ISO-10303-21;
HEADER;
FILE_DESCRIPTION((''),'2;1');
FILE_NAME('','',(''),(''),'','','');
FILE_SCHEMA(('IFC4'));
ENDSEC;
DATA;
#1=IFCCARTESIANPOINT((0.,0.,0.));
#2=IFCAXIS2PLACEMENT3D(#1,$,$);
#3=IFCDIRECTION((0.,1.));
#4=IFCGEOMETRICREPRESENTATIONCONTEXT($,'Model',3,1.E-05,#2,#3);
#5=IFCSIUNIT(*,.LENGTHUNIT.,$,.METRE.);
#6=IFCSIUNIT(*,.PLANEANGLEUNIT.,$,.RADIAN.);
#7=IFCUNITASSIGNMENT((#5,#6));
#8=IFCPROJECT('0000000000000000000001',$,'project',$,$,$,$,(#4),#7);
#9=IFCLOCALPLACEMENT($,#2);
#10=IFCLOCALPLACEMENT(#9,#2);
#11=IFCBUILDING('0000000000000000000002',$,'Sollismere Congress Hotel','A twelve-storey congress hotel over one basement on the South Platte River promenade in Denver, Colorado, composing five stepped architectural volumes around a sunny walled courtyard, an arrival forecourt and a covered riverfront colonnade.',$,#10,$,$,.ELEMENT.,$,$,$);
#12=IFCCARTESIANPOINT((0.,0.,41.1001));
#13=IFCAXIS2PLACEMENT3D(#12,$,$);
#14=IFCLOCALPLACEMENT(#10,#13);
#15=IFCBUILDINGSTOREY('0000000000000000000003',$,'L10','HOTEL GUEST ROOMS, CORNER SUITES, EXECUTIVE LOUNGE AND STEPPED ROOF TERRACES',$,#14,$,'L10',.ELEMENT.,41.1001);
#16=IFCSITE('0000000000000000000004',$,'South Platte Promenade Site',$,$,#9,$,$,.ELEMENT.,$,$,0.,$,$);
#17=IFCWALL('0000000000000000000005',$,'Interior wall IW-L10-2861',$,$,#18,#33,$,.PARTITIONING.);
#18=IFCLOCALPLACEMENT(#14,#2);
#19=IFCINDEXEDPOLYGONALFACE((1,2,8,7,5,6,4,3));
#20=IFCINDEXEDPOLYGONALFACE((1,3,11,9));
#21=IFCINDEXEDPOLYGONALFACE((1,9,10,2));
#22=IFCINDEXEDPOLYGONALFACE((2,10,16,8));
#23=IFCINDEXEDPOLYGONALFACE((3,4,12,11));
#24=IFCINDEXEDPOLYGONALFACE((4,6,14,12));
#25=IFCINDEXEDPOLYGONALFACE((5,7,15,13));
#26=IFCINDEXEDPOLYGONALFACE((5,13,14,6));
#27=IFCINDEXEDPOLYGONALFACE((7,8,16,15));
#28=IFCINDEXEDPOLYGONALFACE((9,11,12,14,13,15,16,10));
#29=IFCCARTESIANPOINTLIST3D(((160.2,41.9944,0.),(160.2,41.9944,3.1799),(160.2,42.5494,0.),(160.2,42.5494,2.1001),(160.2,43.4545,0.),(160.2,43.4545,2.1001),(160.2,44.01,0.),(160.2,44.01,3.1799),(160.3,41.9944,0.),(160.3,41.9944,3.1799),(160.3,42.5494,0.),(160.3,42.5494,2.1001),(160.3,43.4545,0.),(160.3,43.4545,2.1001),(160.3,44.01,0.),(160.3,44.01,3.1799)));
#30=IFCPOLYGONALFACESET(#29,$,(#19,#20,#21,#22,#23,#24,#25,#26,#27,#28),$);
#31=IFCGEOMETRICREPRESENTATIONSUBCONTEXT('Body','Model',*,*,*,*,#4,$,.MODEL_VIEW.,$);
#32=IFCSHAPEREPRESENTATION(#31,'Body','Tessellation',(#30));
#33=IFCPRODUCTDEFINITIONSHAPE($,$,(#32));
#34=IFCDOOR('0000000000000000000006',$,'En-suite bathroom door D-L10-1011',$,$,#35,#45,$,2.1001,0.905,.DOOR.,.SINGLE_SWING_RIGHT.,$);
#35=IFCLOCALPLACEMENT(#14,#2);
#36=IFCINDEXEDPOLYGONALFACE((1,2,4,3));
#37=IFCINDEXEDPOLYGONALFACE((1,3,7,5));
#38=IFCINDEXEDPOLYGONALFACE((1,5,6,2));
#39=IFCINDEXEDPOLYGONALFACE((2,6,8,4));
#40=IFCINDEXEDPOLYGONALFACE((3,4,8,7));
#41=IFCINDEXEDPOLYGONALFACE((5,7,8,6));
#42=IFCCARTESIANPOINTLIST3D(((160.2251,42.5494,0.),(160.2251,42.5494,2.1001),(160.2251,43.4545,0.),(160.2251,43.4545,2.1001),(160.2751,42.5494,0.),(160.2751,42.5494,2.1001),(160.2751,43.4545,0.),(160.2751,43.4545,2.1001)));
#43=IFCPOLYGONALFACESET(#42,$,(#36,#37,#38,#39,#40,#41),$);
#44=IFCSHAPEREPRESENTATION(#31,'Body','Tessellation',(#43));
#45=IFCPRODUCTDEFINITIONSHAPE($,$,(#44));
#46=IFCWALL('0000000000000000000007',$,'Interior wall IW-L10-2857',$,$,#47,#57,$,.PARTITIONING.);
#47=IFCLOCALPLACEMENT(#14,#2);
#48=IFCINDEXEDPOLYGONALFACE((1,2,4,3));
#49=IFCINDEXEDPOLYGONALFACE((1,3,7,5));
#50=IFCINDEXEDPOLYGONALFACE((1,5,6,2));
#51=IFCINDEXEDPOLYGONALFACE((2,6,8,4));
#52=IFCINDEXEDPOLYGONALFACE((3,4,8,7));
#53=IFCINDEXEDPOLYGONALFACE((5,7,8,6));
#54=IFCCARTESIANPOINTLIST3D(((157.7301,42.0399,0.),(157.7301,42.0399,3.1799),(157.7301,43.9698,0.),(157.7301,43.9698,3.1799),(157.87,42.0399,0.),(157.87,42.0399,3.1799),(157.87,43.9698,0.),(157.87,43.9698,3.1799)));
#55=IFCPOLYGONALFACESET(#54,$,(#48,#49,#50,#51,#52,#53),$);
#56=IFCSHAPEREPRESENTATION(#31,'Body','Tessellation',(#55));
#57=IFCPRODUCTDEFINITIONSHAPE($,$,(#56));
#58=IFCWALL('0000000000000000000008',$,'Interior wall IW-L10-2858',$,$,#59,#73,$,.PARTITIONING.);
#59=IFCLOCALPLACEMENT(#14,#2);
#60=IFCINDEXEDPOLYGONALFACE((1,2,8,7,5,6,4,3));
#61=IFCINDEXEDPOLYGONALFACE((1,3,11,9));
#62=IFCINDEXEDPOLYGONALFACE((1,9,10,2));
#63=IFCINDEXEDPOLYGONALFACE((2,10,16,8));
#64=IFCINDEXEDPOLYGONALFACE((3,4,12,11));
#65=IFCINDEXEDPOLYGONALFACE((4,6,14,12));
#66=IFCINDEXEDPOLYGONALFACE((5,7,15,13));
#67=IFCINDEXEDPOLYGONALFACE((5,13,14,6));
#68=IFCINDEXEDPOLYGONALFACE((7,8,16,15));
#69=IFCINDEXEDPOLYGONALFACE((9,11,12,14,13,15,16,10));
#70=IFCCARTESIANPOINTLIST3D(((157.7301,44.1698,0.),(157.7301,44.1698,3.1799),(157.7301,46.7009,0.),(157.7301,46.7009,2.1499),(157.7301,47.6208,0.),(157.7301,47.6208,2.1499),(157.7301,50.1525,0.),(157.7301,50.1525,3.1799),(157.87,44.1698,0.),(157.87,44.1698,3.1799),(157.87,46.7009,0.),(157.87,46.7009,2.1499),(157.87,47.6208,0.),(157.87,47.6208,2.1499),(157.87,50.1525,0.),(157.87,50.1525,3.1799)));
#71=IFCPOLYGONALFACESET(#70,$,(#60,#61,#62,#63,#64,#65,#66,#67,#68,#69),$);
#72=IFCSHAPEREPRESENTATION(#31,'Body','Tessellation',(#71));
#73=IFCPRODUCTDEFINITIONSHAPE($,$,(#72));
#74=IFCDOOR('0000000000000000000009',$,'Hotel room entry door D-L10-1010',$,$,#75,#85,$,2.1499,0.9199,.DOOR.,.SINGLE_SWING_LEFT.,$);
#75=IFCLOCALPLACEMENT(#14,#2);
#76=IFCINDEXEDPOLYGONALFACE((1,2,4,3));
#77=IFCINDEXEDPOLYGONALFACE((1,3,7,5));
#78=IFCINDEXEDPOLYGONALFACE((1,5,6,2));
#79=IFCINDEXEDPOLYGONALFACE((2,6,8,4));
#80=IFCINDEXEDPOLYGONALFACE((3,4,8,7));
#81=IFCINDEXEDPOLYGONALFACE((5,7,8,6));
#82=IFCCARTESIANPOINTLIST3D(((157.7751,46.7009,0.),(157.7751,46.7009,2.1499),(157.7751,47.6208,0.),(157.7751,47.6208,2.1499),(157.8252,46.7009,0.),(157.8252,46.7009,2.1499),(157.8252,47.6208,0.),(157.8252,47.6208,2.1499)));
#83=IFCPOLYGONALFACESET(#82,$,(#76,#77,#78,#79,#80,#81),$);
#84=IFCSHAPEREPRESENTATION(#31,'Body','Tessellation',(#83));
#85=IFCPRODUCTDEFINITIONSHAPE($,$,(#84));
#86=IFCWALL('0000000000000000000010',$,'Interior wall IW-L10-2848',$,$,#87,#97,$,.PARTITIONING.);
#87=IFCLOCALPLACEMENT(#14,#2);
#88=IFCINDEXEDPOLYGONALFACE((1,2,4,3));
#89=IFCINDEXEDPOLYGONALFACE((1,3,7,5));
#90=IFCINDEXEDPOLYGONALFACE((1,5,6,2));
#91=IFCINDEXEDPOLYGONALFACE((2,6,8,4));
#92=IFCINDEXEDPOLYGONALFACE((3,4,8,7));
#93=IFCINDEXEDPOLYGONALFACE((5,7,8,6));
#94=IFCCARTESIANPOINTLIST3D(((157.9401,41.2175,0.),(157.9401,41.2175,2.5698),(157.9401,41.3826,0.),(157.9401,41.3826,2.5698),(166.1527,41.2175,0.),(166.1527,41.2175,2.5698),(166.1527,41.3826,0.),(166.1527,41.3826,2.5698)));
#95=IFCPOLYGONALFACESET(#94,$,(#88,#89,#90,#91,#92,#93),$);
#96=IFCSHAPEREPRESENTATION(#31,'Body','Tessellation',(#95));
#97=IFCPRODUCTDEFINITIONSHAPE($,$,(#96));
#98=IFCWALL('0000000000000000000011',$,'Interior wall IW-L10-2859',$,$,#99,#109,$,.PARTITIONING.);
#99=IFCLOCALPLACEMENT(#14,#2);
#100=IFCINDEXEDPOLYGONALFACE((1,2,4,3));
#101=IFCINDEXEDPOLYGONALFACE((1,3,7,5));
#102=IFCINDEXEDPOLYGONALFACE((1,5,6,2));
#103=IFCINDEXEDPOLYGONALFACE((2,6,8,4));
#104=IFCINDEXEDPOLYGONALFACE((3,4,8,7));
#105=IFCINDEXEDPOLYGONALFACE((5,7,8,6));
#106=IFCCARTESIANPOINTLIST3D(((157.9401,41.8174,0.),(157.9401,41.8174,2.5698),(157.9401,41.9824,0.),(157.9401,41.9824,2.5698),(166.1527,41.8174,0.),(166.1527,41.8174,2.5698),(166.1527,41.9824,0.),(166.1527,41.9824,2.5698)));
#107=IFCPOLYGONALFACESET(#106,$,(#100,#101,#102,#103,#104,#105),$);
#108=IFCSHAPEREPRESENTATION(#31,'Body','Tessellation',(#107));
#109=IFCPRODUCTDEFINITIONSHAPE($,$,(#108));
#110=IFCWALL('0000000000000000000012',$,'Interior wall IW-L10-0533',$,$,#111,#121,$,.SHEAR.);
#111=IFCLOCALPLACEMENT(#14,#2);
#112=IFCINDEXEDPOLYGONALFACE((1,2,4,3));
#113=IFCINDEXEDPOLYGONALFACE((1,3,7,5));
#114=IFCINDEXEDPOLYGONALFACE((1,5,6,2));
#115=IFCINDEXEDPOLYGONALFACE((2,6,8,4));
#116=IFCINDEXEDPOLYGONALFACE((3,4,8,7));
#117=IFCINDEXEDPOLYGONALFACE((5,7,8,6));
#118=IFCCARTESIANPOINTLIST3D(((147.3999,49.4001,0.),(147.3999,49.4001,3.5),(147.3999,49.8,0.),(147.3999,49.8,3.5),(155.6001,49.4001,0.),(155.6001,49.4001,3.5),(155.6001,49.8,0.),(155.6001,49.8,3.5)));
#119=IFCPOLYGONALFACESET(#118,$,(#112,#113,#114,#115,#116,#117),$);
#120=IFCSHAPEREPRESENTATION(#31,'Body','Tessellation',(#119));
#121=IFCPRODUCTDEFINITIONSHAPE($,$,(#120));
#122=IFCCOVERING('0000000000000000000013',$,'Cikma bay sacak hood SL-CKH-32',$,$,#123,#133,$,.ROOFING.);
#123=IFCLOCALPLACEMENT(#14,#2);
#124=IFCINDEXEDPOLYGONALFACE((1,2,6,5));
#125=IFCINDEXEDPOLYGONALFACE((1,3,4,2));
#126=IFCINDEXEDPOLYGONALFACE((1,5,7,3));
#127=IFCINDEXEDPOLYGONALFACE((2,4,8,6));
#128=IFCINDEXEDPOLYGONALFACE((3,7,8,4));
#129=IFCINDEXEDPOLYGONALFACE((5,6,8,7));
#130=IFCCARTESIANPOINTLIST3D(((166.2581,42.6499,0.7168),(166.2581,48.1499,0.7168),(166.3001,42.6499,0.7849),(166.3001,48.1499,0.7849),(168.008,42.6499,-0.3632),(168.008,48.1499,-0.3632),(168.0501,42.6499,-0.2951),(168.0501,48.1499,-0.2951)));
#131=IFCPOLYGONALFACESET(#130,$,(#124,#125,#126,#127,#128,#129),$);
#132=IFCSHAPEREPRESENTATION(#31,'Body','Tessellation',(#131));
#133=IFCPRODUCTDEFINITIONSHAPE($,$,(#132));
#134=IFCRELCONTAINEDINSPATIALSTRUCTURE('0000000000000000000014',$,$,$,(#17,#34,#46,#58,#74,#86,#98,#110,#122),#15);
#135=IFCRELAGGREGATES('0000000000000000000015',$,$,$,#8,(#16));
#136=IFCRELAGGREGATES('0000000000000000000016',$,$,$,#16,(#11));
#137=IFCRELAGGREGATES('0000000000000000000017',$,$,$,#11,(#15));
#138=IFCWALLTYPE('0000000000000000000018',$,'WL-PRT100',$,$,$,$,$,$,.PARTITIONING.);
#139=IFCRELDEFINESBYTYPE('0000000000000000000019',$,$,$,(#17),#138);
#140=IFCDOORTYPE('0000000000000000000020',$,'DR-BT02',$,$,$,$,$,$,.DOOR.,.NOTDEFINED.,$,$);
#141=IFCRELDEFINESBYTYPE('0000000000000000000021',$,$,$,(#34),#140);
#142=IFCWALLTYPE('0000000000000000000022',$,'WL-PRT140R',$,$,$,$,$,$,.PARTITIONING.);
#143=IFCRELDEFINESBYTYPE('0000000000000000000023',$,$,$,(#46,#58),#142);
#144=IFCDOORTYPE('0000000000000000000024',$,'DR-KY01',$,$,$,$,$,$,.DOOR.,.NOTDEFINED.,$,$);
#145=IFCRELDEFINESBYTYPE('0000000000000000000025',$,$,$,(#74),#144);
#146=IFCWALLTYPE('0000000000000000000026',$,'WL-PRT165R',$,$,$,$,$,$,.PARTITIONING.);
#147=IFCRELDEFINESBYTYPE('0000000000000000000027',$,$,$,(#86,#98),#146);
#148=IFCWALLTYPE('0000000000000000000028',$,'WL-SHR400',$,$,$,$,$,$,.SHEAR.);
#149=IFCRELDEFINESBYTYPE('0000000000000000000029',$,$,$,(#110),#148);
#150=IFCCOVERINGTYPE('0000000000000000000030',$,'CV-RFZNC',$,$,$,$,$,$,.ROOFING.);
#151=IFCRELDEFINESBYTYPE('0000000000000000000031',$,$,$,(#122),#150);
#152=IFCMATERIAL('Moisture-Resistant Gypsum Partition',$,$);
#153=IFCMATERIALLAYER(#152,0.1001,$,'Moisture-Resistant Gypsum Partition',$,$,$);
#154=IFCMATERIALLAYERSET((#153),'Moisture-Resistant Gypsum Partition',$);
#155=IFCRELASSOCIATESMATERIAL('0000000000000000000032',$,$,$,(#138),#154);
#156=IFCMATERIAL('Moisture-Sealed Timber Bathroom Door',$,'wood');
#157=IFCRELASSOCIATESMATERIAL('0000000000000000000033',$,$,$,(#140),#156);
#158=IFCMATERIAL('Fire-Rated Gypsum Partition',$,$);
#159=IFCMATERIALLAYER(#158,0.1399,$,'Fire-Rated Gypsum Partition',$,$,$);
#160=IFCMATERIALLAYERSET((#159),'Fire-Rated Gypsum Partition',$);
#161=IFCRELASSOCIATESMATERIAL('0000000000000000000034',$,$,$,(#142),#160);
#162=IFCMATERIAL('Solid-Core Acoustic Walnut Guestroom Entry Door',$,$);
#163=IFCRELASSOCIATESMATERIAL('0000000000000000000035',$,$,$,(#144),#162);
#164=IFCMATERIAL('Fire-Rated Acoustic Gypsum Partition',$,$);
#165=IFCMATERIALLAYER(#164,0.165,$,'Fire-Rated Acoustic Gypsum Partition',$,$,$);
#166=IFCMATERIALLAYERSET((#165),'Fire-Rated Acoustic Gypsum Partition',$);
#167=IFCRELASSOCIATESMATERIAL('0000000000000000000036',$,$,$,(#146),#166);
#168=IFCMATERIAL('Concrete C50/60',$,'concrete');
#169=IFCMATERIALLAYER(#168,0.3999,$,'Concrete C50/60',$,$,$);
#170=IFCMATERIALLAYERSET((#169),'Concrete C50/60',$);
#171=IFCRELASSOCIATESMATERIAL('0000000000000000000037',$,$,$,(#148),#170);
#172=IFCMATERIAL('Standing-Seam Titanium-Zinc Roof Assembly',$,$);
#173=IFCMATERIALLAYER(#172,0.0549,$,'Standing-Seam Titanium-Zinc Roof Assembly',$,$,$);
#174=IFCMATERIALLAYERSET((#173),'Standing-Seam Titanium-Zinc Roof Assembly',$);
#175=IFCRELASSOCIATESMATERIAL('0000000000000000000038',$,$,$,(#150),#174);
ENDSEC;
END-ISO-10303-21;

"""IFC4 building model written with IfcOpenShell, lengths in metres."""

from ifc_helpers import new_model, si_unit, direction, frame, frame_2d, origin, place, context, subcontext, project, spatial, polyline, rectangle, outline, extrude, material, layer, layer_set, type_object, element, fill, save


model = new_model("IFC4")

# Units and contexts
model_context = context("Model", 3, precision=1e-05, world=origin(), true_north=direction((0.0, 1.0)))
body_context = subcontext(model_context, "Body", "Model", "MODEL_VIEW")
ifc_project = project(units=[si_unit("LENGTHUNIT", "METRE"), si_unit("PLANEANGLEUNIT", "RADIAN")], contexts=[model_context])

# Site, building, storey
site_placement = place(None, origin())
site = spatial("IfcSite", under=ifc_project, at=site_placement, Name="South Platte Promenade Site", CompositionType="ELEMENT", RefElevation=0.0)
building_placement = place(site_placement, origin())
building = spatial("IfcBuilding", under=site, at=building_placement, Name="Sollismere Congress Hotel", Description="A twelve-storey congress hotel over one basement on the South Platte River promenade in Denver, Colorado, composing five stepped architectural volumes around a sunny walled courtyard, an arrival forecourt and a covered riverfront colonnade.", CompositionType="ELEMENT")
storey_placement = place(building_placement, frame((0.0, 0.0, 41.1001)))
storey = spatial("IfcBuildingStorey", under=building, at=storey_placement, Name="L10", Description="HOTEL GUEST ROOMS, CORNER SUITES, EXECUTIVE LOUNGE AND STEPPED ROOF TERRACES", LongName="L10", CompositionType="ELEMENT", Elevation=41.1001)

# Wall, opening, door
ifc_material_1 = material(Name="Moisture-Resistant Gypsum Partition")
ifc_layer_1 = layer(ifc_material_1, 0.1001, Name="Moisture-Resistant Gypsum Partition")
ifc_layer_set_1 = layer_set([ifc_layer_1], Name="Moisture-Resistant Gypsum Partition")
wall_type_1 = type_object("IfcWallType", Name="WL-PRT100", PredefinedType="PARTITIONING", material=ifc_layer_set_1)
wall_1_placement = place(storey_placement, frame((160.25, 41.9944, 0.0), z_axis=(0.0, 0.0, 1.0), x_axis=(0.0, 1.0, 0.0)))
wall_1 = element("IfcWall", 1, at=wall_1_placement, inside=storey, type_object=wall_type_1, Name="Interior wall IW-L10-2861", PredefinedType="PARTITIONING", context=body_context, shape_type="SweptSolid", body=[
    extrude(rectangle(XDim=2.0156, YDim=0.1001, at=frame_2d((1.0078, 0.0))), origin(), (0.0, 0.0, 1.0), 3.1799),
])
opening_1_placement = place(wall_1_placement, frame((0.5549, 0.0, 0.0)))
opening_1 = element("IfcOpeningElement", 2, at=opening_1_placement, cuts=wall_1, PredefinedType="OPENING", context=body_context, shape_type="SweptSolid", body=[
    extrude(rectangle(XDim=0.905, YDim=2.1001, at=frame_2d((0.4526, 1.05))), frame((0.0, 0.0601, 0.0), z_axis=(0.0, -1.0, 0.0), x_axis=(1.0, 0.0, 0.0)), (0.0, 0.0, 1.0), 0.1201),
])
ifc_material_2 = material(Name="Moisture-Sealed Timber Bathroom Door", Category="wood")
door_type_1 = type_object("IfcDoorType", Name="DR-BT02", OperationType="NOTDEFINED", PredefinedType="DOOR", material=ifc_material_2)
door_1_placement = place(opening_1_placement, origin())
door_1 = element("IfcDoor", 3, at=door_1_placement, inside=storey, type_object=door_type_1, Name="En-suite bathroom door D-L10-1011", OperationType="SINGLE_SWING_RIGHT", OverallHeight=2.1001, OverallWidth=0.905, PredefinedType="DOOR", context=body_context, shape_type="SweptSolid", body=[
    extrude(rectangle(XDim=0.905, YDim=2.1001, at=frame_2d((0.4526, 1.05))), frame((0.0, 0.0249, 0.0), z_axis=(0.0, -1.0, 0.0), x_axis=(1.0, 0.0, 0.0)), (0.0, 0.0, 1.0), 0.05),
])
fill(opening_1, door_1)

# Wall
ifc_material_3 = material(Name="Fire-Rated Gypsum Partition")
ifc_layer_2 = layer(ifc_material_3, 0.1399, Name="Fire-Rated Gypsum Partition")
ifc_layer_set_2 = layer_set([ifc_layer_2], Name="Fire-Rated Gypsum Partition")
wall_type_2 = type_object("IfcWallType", Name="WL-PRT140R", PredefinedType="PARTITIONING", material=ifc_layer_set_2)
wall_2_placement = place(storey_placement, frame((157.8, 42.04, 0.0), z_axis=(0.0, 0.0, 1.0), x_axis=(0.0, 1.0, 0.0)))
element("IfcWall", 4, at=wall_2_placement, inside=storey, type_object=wall_type_2, Name="Interior wall IW-L10-2857", PredefinedType="PARTITIONING", context=body_context, shape_type="SweptSolid", body=[
    extrude(rectangle(XDim=1.9299, YDim=0.1399, at=frame_2d((0.9648, 0.0))), origin(), (0.0, 0.0, 1.0), 3.1799),
])

# Wall, opening, door
wall_3_placement = place(storey_placement, frame((157.8, 44.1699, 0.0), z_axis=(0.0, 0.0, 1.0), x_axis=(0.0, 1.0, 0.0)))
wall_3 = element("IfcWall", 5, at=wall_3_placement, inside=storey, type_object=wall_type_2, Name="Interior wall IW-L10-2858", PredefinedType="PARTITIONING", context=body_context, shape_type="SweptSolid", body=[
    extrude(rectangle(XDim=5.9827, YDim=0.1399, at=frame_2d((2.9912, 0.0))), origin(), (0.0, 0.0, 1.0), 3.1799),
])
opening_2_placement = place(wall_3_placement, frame((2.531, 0.0, 0.0)))
opening_2 = element("IfcOpeningElement", 6, at=opening_2_placement, cuts=wall_3, PredefinedType="OPENING", context=body_context, shape_type="SweptSolid", body=[
    extrude(rectangle(XDim=0.9199, YDim=2.1499, at=frame_2d((0.46, 1.075))), frame((0.0, 0.0798, 0.0), z_axis=(0.0, -1.0, 0.0), x_axis=(1.0, 0.0, 0.0)), (0.0, 0.0, 1.0), 0.1599),
])
ifc_material_4 = material(Name="Solid-Core Acoustic Walnut Guestroom Entry Door")
door_type_2 = type_object("IfcDoorType", Name="DR-KY01", OperationType="NOTDEFINED", PredefinedType="DOOR", material=ifc_material_4)
door_2_placement = place(opening_2_placement, origin())
door_2 = element("IfcDoor", 7, at=door_2_placement, inside=storey, type_object=door_type_2, Name="Hotel room entry door D-L10-1010", OperationType="SINGLE_SWING_LEFT", OverallHeight=2.1499, OverallWidth=0.9199, PredefinedType="DOOR", context=body_context, shape_type="SweptSolid", body=[
    extrude(rectangle(XDim=0.9199, YDim=2.1499, at=frame_2d((0.46, 1.075))), frame((0.0, 0.0249, 0.0), z_axis=(0.0, -1.0, 0.0), x_axis=(1.0, 0.0, 0.0)), (0.0, 0.0, 1.0), 0.05),
])
fill(opening_2, door_2)

# Walls
ifc_material_5 = material(Name="Fire-Rated Acoustic Gypsum Partition")
ifc_layer_3 = layer(ifc_material_5, 0.165, Name="Fire-Rated Acoustic Gypsum Partition")
ifc_layer_set_3 = layer_set([ifc_layer_3], Name="Fire-Rated Acoustic Gypsum Partition")
wall_type_3 = type_object("IfcWallType", Name="WL-PRT165R", PredefinedType="PARTITIONING", material=ifc_layer_set_3)
for number, where, z_axis, x_axis, name in (
    (8, (157.9399, 41.3, 0.0), (0.0, 0.0, 1.0), (1.0, 0.0, 0.0), "Interior wall IW-L10-2848"),
    (9, (157.9399, 41.8999, 0.0), (0.0, 0.0, 1.0), (1.0, 0.0, 0.0), "Interior wall IW-L10-2859"),
):
    element("IfcWall", number, at=place(storey_placement, frame(where, z_axis=z_axis, x_axis=x_axis)), inside=storey, type_object=wall_type_3, Name=name, PredefinedType="PARTITIONING", context=body_context, shape_type="SweptSolid", body=[
        extrude(rectangle(XDim=8.2126, YDim=0.165, at=frame_2d((4.1064, 0.0))), origin(), (0.0, 0.0, 1.0), 2.5698),
    ])
ifc_material_6 = material(Name="Concrete C50/60", Category="concrete")
ifc_layer_4 = layer(ifc_material_6, 0.3999, Name="Concrete C50/60")
ifc_layer_set_4 = layer_set([ifc_layer_4], Name="Concrete C50/60")
wall_type_4 = type_object("IfcWallType", Name="WL-SHR400", PredefinedType="SHEAR", material=ifc_layer_set_4)
wall_4_placement = place(storey_placement, frame((155.6001, 49.6001, 0.0), z_axis=(0.0, 0.0, 1.0), x_axis=(-1.0, 0.0, 0.0)))
element("IfcWall", 10, at=wall_4_placement, inside=storey, type_object=wall_type_4, Name="Interior wall IW-L10-0533", PredefinedType="SHEAR", context=body_context, shape_type="SweptSolid", body=[
    extrude(rectangle(XDim=8.2002, YDim=0.3999, at=frame_2d((4.1001, 0.0))), origin(), (0.0, 0.0, 1.0), 3.5),
])

# Covering
ifc_material_7 = material(Name="Standing-Seam Titanium-Zinc Roof Assembly")
ifc_layer_5 = layer(ifc_material_7, 0.0549, Name="Standing-Seam Titanium-Zinc Roof Assembly")
ifc_layer_set_5 = layer_set([ifc_layer_5], Name="Standing-Seam Titanium-Zinc Roof Assembly")
covering_type = type_object("IfcCoveringType", Name="CV-RFZNC", PredefinedType="ROOFING", material=ifc_layer_set_5)
covering_placement = place(storey_placement, frame((166.2581, 42.6499, 0.7168), z_axis=(0.52521, 0.0, 0.850973), x_axis=(0.850973, 0.0, -0.52521)))
element("IfcCovering", 11, at=covering_placement, inside=storey, type_object=covering_type, Name="Cikma bay sacak hood SL-CKH-32", PredefinedType="ROOFING", context=body_context, shape_type="SweptSolid", body=[
    extrude(outline(polyline([(0.0, 0.0), (2.0564, 0.0), (2.0564, 5.5), (0.0, 5.5), (0.0, 0.0)])), origin(), (0.0, 0.0, 1.0), 0.0801),
])

save(model, "model.ifc")
